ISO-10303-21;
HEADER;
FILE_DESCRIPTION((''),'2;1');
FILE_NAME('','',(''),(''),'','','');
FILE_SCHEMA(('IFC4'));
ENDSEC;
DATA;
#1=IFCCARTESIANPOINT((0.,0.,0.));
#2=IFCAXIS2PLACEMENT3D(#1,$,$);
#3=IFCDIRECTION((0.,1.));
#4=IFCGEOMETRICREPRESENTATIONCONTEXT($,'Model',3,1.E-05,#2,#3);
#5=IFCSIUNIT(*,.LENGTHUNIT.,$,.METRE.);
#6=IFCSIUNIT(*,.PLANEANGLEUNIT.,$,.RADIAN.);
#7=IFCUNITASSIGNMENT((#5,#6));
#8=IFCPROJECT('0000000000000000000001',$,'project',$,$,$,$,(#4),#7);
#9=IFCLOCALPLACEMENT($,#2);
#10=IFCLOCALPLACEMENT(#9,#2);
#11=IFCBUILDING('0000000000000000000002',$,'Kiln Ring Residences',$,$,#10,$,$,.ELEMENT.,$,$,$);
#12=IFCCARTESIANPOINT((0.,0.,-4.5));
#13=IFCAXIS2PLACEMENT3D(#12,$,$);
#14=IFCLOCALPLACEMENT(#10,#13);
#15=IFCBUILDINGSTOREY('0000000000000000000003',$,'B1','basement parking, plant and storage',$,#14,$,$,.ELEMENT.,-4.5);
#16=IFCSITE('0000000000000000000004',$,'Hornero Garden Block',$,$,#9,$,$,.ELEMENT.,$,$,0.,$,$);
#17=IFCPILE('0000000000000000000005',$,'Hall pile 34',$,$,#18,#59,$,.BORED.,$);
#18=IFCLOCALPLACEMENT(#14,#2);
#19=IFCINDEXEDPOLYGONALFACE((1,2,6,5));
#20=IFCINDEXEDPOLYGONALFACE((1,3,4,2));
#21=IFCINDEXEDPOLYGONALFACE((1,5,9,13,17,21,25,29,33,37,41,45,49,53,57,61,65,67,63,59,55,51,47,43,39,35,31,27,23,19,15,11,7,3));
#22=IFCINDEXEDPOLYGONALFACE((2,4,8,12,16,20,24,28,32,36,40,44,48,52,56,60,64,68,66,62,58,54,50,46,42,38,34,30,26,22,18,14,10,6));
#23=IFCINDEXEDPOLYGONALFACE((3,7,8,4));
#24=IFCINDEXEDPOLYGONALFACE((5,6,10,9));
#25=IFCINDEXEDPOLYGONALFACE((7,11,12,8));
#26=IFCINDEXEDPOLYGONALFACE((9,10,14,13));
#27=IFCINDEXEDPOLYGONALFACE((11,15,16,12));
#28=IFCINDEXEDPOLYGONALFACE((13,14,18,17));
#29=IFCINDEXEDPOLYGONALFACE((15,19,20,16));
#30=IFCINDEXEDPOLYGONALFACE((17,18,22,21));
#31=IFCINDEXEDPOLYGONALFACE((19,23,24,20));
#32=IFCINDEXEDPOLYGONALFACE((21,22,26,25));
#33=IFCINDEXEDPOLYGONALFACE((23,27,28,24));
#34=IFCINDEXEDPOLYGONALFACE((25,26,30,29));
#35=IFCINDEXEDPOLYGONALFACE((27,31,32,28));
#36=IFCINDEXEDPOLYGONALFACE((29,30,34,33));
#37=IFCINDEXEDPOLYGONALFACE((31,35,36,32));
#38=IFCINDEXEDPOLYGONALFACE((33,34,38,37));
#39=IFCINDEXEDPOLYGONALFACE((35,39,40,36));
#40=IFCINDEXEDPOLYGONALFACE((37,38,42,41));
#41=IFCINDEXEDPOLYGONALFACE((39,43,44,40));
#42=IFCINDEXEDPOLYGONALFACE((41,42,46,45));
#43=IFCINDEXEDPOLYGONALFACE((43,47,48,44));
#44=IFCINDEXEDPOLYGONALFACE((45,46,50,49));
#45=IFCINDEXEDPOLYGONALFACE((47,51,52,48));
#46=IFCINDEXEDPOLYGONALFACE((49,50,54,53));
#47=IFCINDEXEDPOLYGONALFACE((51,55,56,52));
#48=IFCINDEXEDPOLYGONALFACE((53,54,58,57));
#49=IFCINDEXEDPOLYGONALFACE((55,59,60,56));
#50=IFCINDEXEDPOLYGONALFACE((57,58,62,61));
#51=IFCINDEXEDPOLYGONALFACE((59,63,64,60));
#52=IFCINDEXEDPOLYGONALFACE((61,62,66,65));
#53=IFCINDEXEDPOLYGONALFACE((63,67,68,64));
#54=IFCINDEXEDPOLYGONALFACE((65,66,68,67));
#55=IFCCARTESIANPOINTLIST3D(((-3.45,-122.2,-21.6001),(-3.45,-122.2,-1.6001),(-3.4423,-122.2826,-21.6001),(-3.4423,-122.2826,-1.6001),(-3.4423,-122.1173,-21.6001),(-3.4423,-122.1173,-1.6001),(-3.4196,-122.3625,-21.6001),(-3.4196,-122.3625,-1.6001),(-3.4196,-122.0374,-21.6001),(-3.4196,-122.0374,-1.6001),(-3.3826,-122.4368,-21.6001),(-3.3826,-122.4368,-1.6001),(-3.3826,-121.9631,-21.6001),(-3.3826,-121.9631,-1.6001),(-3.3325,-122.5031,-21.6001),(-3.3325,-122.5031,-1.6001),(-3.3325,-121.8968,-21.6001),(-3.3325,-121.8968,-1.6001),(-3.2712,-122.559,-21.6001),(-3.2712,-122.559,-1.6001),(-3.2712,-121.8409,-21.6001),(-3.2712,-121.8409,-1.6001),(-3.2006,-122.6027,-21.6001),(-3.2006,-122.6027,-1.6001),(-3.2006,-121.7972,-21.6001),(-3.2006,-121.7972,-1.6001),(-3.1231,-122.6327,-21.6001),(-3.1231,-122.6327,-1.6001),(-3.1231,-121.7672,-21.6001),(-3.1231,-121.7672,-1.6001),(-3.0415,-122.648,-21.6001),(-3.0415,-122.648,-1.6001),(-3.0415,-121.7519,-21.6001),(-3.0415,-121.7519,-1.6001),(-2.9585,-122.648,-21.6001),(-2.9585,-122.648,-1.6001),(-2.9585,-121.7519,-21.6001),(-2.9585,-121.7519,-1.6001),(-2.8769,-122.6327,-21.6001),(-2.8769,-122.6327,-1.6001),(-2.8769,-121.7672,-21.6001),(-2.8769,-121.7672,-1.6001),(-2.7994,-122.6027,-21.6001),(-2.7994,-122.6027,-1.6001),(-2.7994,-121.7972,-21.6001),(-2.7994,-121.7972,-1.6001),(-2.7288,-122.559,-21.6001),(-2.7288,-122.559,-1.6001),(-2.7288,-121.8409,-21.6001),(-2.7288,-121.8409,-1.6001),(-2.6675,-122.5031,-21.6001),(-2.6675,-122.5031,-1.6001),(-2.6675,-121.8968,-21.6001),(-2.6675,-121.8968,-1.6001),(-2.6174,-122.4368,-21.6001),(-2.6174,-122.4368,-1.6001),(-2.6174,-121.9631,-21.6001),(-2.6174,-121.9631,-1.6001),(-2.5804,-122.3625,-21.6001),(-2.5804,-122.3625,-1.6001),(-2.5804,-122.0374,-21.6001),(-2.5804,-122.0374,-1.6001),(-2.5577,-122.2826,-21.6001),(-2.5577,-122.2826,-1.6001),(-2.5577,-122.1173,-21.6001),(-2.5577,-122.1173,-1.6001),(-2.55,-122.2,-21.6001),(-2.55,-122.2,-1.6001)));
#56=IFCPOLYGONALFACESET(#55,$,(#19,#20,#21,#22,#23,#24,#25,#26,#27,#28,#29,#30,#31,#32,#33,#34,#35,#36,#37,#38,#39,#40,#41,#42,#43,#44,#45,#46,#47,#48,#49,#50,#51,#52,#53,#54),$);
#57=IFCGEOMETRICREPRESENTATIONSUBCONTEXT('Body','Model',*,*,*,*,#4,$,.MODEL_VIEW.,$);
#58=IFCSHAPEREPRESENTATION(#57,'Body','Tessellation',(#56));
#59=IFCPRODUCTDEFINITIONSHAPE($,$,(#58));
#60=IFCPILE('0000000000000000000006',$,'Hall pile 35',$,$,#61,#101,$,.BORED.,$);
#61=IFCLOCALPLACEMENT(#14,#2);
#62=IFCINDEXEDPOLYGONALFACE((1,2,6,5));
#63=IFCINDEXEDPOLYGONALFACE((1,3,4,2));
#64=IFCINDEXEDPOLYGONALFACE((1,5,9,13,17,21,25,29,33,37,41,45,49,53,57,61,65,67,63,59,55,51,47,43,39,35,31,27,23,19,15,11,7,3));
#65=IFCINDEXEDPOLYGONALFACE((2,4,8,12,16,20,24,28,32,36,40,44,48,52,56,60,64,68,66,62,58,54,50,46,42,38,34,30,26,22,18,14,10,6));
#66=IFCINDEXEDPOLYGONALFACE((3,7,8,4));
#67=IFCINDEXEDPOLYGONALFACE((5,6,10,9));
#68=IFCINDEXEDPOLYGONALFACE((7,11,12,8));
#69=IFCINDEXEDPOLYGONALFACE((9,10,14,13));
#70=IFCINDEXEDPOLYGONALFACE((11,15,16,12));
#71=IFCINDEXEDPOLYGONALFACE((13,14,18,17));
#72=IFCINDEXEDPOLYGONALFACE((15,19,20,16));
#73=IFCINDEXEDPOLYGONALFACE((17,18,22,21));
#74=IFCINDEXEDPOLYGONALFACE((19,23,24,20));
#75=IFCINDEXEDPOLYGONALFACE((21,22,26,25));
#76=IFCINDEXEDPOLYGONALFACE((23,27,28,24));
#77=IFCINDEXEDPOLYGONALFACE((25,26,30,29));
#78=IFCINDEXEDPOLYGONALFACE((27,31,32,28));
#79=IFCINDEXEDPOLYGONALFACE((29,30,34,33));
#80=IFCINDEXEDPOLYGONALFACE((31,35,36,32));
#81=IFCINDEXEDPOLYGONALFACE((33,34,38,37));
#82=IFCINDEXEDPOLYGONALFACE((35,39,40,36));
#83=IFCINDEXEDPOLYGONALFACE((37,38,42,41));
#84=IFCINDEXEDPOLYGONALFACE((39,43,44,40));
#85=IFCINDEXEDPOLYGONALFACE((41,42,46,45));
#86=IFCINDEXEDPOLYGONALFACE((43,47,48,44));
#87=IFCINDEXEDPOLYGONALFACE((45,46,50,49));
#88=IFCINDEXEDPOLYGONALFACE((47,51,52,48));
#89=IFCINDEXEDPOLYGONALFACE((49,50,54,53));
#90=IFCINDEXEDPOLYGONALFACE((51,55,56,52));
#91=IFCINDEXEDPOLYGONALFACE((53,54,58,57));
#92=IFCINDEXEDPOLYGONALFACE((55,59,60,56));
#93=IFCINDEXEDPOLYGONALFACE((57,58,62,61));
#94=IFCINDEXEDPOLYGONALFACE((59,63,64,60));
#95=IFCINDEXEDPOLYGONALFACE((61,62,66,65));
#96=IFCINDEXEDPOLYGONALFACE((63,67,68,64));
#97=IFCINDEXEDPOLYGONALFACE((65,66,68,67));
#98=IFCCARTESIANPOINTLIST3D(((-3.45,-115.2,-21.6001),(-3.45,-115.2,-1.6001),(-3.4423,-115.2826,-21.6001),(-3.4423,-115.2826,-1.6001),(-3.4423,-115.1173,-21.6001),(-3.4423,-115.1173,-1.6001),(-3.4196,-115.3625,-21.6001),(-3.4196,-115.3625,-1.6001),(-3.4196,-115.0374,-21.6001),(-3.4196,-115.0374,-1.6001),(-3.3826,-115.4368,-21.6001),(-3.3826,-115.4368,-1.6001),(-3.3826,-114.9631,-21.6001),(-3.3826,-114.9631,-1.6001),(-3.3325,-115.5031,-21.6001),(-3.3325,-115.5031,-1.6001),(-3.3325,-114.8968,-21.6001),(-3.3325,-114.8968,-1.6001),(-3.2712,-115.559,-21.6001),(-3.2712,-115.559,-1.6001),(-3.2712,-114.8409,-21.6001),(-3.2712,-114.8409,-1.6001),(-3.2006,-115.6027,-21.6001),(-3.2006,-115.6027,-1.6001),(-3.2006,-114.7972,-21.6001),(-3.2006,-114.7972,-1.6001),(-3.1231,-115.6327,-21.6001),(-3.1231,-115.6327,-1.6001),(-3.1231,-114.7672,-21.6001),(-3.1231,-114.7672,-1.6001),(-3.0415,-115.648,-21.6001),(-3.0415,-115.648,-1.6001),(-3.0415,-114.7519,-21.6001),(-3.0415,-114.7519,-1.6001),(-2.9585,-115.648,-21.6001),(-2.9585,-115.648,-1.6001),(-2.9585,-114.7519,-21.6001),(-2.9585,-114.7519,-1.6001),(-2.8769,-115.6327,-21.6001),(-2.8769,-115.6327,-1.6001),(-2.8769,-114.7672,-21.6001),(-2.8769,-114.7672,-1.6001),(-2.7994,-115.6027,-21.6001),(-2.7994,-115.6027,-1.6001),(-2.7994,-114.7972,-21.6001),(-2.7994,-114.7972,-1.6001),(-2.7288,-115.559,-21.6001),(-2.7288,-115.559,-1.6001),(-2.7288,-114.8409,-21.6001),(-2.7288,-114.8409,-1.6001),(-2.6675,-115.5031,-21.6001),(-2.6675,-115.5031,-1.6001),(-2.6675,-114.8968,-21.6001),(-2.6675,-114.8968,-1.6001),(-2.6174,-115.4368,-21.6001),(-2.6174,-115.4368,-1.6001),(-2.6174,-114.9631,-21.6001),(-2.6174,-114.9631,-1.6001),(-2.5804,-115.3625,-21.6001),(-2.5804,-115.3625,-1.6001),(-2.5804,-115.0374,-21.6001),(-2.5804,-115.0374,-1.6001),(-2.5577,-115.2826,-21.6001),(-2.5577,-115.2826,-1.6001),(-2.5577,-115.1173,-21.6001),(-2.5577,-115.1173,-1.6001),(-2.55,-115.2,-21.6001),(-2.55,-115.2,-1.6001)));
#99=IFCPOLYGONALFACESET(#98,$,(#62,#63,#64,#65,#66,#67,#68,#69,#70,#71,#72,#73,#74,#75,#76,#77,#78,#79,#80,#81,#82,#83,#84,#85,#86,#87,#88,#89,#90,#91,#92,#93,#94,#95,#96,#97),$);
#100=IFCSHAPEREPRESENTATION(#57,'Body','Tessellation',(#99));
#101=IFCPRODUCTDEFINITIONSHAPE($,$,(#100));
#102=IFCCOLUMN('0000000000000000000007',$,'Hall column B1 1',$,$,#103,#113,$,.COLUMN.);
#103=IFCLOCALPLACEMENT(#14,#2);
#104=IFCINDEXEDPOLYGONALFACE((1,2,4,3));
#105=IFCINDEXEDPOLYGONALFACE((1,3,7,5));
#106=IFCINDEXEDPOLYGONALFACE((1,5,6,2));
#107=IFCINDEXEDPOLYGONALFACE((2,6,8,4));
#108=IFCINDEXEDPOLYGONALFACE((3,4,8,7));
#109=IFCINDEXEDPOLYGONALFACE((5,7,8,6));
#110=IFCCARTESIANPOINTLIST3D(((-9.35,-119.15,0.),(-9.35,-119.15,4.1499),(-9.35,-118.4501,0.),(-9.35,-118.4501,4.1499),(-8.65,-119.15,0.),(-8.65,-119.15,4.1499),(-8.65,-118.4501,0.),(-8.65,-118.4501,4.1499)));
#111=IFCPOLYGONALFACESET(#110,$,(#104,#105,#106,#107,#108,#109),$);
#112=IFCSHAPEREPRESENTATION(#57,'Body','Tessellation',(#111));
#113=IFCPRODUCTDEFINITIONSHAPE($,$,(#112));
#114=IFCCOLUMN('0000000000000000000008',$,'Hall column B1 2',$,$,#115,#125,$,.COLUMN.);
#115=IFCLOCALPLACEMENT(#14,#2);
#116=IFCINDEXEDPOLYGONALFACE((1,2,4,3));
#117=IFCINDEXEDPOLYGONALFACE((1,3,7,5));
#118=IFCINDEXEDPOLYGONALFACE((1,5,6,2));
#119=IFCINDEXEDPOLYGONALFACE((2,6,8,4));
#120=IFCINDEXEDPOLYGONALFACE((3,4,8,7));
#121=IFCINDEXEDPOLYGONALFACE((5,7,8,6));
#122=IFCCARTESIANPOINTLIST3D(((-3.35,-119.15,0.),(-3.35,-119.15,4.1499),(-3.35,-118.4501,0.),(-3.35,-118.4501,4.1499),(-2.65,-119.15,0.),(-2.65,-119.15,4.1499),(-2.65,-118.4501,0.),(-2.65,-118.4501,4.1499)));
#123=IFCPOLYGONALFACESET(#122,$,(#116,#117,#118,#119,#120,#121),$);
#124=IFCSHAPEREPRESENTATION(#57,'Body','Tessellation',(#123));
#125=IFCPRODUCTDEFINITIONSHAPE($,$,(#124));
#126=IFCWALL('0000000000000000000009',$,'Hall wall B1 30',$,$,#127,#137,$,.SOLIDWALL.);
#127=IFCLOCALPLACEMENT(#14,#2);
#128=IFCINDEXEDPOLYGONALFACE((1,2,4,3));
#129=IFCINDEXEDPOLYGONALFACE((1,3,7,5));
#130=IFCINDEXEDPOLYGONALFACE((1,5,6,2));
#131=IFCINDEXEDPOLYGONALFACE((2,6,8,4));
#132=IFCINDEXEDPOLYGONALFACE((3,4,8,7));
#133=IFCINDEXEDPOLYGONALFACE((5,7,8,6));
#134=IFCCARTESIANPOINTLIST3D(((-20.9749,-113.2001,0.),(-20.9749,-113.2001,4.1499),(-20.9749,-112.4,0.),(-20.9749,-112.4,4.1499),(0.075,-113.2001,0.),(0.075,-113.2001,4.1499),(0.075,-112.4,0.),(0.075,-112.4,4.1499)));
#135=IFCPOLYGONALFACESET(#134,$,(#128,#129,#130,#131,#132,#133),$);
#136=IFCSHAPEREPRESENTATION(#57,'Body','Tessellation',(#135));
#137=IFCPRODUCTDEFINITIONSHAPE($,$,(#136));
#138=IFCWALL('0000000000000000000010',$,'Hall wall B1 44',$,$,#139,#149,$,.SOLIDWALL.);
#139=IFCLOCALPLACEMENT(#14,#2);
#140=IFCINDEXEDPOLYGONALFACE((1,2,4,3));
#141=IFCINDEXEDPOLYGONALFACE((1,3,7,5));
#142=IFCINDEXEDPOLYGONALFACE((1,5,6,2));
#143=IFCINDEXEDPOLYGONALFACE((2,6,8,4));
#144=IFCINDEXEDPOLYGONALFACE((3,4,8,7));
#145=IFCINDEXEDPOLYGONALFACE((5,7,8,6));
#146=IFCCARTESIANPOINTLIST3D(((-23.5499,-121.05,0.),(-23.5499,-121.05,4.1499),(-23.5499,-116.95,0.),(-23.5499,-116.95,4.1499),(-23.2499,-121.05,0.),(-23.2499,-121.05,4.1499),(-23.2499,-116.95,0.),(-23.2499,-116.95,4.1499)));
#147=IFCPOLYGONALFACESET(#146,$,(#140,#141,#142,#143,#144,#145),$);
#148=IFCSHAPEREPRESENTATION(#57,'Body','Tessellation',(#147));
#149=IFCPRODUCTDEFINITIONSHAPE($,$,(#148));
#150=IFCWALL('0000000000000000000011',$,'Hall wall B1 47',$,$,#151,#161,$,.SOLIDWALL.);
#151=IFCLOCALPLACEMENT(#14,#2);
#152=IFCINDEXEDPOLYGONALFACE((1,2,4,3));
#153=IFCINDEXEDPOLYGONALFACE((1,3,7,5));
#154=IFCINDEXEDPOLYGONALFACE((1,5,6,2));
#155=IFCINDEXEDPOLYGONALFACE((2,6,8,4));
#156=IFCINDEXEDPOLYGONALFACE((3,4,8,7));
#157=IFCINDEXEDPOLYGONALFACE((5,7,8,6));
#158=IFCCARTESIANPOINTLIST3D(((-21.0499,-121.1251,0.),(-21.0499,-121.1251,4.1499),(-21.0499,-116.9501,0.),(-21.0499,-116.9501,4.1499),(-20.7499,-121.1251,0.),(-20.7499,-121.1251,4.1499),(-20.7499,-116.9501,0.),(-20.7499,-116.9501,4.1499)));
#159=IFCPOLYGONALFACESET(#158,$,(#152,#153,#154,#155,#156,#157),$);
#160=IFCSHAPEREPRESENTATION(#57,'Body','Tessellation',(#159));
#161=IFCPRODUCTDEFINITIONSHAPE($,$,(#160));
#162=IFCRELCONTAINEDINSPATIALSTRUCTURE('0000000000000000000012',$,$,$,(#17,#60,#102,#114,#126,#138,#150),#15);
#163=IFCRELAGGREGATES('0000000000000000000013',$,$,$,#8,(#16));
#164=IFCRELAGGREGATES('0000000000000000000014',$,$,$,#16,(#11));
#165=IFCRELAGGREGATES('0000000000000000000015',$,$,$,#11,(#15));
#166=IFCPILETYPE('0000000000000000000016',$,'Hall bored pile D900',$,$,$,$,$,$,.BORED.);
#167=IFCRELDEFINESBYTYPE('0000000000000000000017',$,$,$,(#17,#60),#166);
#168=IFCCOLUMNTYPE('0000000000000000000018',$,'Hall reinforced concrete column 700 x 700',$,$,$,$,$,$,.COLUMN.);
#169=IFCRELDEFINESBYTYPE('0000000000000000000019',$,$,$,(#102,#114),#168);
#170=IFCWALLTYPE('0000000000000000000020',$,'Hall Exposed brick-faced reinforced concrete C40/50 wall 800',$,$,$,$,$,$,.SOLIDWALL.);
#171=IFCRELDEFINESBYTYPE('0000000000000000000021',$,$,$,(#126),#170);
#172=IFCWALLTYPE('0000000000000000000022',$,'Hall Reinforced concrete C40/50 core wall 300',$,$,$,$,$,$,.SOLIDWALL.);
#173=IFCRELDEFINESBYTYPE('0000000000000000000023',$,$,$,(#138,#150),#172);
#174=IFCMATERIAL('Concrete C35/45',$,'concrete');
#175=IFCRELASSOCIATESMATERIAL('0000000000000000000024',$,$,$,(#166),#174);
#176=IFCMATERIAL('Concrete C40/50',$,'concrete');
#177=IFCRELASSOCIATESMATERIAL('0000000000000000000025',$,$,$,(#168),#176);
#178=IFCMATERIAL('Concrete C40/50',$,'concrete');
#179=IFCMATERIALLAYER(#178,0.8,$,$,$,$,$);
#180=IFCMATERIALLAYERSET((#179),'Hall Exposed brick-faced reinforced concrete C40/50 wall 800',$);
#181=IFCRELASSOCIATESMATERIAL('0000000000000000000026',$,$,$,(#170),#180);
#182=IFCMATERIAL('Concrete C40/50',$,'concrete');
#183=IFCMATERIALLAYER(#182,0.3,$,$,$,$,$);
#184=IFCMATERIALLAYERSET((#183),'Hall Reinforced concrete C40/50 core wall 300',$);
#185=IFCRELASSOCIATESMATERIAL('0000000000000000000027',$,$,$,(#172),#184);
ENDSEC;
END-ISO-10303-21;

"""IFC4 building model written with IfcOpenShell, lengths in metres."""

from ifc_helpers import new_model, si_unit, direction, frame, frame_2d, origin, origin_2d, place, context, subcontext, project, spatial, rectangle, circle, extrude, material, layer, layer_set, material_profile, profile_set, type_object, element, save


model = new_model("IFC4")

# Units and contexts
model_context = context("Model", 3, precision=1e-05, world=origin(), true_north=direction((0.0, 1.0)))
body_context = subcontext(model_context, "Body", "Model", "MODEL_VIEW")
ifc_project = project(units=[si_unit("LENGTHUNIT", "METRE"), si_unit("PLANEANGLEUNIT", "RADIAN")], contexts=[model_context])

# Site, building, storey
site_placement = place(None, origin())
site = spatial("IfcSite", under=ifc_project, at=site_placement, Name="Hornero Garden Block", CompositionType="ELEMENT", RefElevation=0.0)
building_placement = place(site_placement, origin())
building = spatial("IfcBuilding", under=site, at=building_placement, Name="Kiln Ring Residences", CompositionType="ELEMENT")
storey_placement = place(building_placement, frame((0.0, 0.0, -4.5)))
storey = spatial("IfcBuildingStorey", under=building, at=storey_placement, Name="B1", Description="basement parking, plant and storage", CompositionType="ELEMENT", Elevation=-4.5)

# Piles
ifc_material_1 = material(Name="Concrete C35/45", Category="concrete")
ifc_material_profile_1 = material_profile(ifc_material_1, circle(Radius=0.45, at=origin_2d()), Name="Hall bored pile D900")
ifc_profile_set_1 = profile_set([ifc_material_profile_1], Name="Concrete C35/45")
pile_type = type_object("IfcPileType", Name="Hall bored pile D900", PredefinedType="BORED", material=ifc_profile_set_1)
for number, where, z_axis, x_axis, name in (
    (1, (-3.0, -122.2, -1.6001), (0.0, 0.0, -1.0), (1.0, 0.0, 0.0), "Hall pile 34"),
    (2, (-3.0, -115.2, -1.6001), (0.0, 0.0, -1.0), (1.0, 0.0, 0.0), "Hall pile 35"),
):
    element("IfcPile", number, at=place(storey_placement, frame(where, z_axis=z_axis, x_axis=x_axis)), inside=storey, type_object=pile_type, Name=name, PredefinedType="BORED", context=body_context, shape_type="SweptSolid", body=[
        extrude(circle(Radius=0.45, at=origin_2d()), origin(), (0.0, 0.0, 1.0), 20.0),
    ])

# Columns
ifc_material_2 = material(Name="Concrete C40/50", Category="concrete")
ifc_material_profile_2 = material_profile(ifc_material_2, rectangle(XDim=0.7, YDim=0.7, at=origin_2d()), Name="Hall reinforced concrete column 700 x 700")
ifc_profile_set_2 = profile_set([ifc_material_profile_2], Name="Concrete C40/50")
column_type = type_object("IfcColumnType", Name="Hall reinforced concrete column 700 x 700", PredefinedType="COLUMN", material=ifc_profile_set_2)
for number, where, z_axis, x_axis, name in (
    (3, (-9.0, -118.8, 0.0), (0.0, 0.0, 1.0), (1.0, 0.0, 0.0), "Hall column B1 1"),
    (4, (-3.0, -118.8, 0.0), (0.0, 0.0, 1.0), (1.0, 0.0, 0.0), "Hall column B1 2"),
):
    element("IfcColumn", number, at=place(storey_placement, frame(where, z_axis=z_axis, x_axis=x_axis)), inside=storey, type_object=column_type, Name=name, PredefinedType="COLUMN", context=body_context, shape_type="SweptSolid", body=[
        extrude(rectangle(XDim=0.7, YDim=0.7, at=origin_2d()), origin(), (0.0, 0.0, 1.0), 4.1499),
    ])

# Walls
ifc_material_3 = material(Name="Concrete C40/50", Category="concrete")
ifc_layer_1 = layer(ifc_material_3, 0.8)
ifc_layer_set_1 = layer_set([ifc_layer_1], Name="Hall Exposed brick-faced reinforced concrete C40/50 wall 800")
wall_type_1 = type_object("IfcWallType", Name="Hall Exposed brick-faced reinforced concrete C40/50 wall 800", PredefinedType="SOLIDWALL", material=ifc_layer_set_1)
wall_1_placement = place(storey_placement, frame((-20.9749, -112.8, 0.0), z_axis=(0.0, 0.0, 1.0), x_axis=(1.0, 0.0, 0.0)))
element("IfcWall", 5, at=wall_1_placement, inside=storey, type_object=wall_type_1, Name="Hall wall B1 30", PredefinedType="SOLIDWALL", context=body_context, shape_type="SweptSolid", body=[
    extrude(rectangle(XDim=21.0498, YDim=0.8, at=frame_2d((10.5249, 0.0))), origin(), (0.0, 0.0, 1.0), 4.1499),
])
ifc_material_4 = material(Name="Concrete C40/50", Category="concrete")
ifc_layer_2 = layer(ifc_material_4, 0.3)
ifc_layer_set_2 = layer_set([ifc_layer_2], Name="Hall Reinforced concrete C40/50 core wall 300")
wall_type_2 = type_object("IfcWallType", Name="Hall Reinforced concrete C40/50 core wall 300", PredefinedType="SOLIDWALL", material=ifc_layer_set_2)
wall_2_placement = place(storey_placement, frame((-23.3999, -121.05, 0.0), z_axis=(0.0, 0.0, 1.0), x_axis=(0.0, 1.0, 0.0)))
element("IfcWall", 6, at=wall_2_placement, inside=storey, type_object=wall_type_2, Name="Hall wall B1 44", PredefinedType="SOLIDWALL", context=body_context, shape_type="SweptSolid", body=[
    extrude(rectangle(XDim=4.1001, YDim=0.3, at=frame_2d((2.05, 0.0))), origin(), (0.0, 0.0, 1.0), 4.1499),
])
wall_3_placement = place(storey_placement, frame((-20.8999, -121.125, 0.0), z_axis=(0.0, 0.0, 1.0), x_axis=(0.0, 1.0, 0.0)))
element("IfcWall", 7, at=wall_3_placement, inside=storey, type_object=wall_type_2, Name="Hall wall B1 47", PredefinedType="SOLIDWALL", context=body_context, shape_type="SweptSolid", body=[
    extrude(rectangle(XDim=4.175, YDim=0.3, at=frame_2d((2.0874, 0.0))), origin(), (0.0, 0.0, 1.0), 4.1499),
])

save(model, "model.ifc")
